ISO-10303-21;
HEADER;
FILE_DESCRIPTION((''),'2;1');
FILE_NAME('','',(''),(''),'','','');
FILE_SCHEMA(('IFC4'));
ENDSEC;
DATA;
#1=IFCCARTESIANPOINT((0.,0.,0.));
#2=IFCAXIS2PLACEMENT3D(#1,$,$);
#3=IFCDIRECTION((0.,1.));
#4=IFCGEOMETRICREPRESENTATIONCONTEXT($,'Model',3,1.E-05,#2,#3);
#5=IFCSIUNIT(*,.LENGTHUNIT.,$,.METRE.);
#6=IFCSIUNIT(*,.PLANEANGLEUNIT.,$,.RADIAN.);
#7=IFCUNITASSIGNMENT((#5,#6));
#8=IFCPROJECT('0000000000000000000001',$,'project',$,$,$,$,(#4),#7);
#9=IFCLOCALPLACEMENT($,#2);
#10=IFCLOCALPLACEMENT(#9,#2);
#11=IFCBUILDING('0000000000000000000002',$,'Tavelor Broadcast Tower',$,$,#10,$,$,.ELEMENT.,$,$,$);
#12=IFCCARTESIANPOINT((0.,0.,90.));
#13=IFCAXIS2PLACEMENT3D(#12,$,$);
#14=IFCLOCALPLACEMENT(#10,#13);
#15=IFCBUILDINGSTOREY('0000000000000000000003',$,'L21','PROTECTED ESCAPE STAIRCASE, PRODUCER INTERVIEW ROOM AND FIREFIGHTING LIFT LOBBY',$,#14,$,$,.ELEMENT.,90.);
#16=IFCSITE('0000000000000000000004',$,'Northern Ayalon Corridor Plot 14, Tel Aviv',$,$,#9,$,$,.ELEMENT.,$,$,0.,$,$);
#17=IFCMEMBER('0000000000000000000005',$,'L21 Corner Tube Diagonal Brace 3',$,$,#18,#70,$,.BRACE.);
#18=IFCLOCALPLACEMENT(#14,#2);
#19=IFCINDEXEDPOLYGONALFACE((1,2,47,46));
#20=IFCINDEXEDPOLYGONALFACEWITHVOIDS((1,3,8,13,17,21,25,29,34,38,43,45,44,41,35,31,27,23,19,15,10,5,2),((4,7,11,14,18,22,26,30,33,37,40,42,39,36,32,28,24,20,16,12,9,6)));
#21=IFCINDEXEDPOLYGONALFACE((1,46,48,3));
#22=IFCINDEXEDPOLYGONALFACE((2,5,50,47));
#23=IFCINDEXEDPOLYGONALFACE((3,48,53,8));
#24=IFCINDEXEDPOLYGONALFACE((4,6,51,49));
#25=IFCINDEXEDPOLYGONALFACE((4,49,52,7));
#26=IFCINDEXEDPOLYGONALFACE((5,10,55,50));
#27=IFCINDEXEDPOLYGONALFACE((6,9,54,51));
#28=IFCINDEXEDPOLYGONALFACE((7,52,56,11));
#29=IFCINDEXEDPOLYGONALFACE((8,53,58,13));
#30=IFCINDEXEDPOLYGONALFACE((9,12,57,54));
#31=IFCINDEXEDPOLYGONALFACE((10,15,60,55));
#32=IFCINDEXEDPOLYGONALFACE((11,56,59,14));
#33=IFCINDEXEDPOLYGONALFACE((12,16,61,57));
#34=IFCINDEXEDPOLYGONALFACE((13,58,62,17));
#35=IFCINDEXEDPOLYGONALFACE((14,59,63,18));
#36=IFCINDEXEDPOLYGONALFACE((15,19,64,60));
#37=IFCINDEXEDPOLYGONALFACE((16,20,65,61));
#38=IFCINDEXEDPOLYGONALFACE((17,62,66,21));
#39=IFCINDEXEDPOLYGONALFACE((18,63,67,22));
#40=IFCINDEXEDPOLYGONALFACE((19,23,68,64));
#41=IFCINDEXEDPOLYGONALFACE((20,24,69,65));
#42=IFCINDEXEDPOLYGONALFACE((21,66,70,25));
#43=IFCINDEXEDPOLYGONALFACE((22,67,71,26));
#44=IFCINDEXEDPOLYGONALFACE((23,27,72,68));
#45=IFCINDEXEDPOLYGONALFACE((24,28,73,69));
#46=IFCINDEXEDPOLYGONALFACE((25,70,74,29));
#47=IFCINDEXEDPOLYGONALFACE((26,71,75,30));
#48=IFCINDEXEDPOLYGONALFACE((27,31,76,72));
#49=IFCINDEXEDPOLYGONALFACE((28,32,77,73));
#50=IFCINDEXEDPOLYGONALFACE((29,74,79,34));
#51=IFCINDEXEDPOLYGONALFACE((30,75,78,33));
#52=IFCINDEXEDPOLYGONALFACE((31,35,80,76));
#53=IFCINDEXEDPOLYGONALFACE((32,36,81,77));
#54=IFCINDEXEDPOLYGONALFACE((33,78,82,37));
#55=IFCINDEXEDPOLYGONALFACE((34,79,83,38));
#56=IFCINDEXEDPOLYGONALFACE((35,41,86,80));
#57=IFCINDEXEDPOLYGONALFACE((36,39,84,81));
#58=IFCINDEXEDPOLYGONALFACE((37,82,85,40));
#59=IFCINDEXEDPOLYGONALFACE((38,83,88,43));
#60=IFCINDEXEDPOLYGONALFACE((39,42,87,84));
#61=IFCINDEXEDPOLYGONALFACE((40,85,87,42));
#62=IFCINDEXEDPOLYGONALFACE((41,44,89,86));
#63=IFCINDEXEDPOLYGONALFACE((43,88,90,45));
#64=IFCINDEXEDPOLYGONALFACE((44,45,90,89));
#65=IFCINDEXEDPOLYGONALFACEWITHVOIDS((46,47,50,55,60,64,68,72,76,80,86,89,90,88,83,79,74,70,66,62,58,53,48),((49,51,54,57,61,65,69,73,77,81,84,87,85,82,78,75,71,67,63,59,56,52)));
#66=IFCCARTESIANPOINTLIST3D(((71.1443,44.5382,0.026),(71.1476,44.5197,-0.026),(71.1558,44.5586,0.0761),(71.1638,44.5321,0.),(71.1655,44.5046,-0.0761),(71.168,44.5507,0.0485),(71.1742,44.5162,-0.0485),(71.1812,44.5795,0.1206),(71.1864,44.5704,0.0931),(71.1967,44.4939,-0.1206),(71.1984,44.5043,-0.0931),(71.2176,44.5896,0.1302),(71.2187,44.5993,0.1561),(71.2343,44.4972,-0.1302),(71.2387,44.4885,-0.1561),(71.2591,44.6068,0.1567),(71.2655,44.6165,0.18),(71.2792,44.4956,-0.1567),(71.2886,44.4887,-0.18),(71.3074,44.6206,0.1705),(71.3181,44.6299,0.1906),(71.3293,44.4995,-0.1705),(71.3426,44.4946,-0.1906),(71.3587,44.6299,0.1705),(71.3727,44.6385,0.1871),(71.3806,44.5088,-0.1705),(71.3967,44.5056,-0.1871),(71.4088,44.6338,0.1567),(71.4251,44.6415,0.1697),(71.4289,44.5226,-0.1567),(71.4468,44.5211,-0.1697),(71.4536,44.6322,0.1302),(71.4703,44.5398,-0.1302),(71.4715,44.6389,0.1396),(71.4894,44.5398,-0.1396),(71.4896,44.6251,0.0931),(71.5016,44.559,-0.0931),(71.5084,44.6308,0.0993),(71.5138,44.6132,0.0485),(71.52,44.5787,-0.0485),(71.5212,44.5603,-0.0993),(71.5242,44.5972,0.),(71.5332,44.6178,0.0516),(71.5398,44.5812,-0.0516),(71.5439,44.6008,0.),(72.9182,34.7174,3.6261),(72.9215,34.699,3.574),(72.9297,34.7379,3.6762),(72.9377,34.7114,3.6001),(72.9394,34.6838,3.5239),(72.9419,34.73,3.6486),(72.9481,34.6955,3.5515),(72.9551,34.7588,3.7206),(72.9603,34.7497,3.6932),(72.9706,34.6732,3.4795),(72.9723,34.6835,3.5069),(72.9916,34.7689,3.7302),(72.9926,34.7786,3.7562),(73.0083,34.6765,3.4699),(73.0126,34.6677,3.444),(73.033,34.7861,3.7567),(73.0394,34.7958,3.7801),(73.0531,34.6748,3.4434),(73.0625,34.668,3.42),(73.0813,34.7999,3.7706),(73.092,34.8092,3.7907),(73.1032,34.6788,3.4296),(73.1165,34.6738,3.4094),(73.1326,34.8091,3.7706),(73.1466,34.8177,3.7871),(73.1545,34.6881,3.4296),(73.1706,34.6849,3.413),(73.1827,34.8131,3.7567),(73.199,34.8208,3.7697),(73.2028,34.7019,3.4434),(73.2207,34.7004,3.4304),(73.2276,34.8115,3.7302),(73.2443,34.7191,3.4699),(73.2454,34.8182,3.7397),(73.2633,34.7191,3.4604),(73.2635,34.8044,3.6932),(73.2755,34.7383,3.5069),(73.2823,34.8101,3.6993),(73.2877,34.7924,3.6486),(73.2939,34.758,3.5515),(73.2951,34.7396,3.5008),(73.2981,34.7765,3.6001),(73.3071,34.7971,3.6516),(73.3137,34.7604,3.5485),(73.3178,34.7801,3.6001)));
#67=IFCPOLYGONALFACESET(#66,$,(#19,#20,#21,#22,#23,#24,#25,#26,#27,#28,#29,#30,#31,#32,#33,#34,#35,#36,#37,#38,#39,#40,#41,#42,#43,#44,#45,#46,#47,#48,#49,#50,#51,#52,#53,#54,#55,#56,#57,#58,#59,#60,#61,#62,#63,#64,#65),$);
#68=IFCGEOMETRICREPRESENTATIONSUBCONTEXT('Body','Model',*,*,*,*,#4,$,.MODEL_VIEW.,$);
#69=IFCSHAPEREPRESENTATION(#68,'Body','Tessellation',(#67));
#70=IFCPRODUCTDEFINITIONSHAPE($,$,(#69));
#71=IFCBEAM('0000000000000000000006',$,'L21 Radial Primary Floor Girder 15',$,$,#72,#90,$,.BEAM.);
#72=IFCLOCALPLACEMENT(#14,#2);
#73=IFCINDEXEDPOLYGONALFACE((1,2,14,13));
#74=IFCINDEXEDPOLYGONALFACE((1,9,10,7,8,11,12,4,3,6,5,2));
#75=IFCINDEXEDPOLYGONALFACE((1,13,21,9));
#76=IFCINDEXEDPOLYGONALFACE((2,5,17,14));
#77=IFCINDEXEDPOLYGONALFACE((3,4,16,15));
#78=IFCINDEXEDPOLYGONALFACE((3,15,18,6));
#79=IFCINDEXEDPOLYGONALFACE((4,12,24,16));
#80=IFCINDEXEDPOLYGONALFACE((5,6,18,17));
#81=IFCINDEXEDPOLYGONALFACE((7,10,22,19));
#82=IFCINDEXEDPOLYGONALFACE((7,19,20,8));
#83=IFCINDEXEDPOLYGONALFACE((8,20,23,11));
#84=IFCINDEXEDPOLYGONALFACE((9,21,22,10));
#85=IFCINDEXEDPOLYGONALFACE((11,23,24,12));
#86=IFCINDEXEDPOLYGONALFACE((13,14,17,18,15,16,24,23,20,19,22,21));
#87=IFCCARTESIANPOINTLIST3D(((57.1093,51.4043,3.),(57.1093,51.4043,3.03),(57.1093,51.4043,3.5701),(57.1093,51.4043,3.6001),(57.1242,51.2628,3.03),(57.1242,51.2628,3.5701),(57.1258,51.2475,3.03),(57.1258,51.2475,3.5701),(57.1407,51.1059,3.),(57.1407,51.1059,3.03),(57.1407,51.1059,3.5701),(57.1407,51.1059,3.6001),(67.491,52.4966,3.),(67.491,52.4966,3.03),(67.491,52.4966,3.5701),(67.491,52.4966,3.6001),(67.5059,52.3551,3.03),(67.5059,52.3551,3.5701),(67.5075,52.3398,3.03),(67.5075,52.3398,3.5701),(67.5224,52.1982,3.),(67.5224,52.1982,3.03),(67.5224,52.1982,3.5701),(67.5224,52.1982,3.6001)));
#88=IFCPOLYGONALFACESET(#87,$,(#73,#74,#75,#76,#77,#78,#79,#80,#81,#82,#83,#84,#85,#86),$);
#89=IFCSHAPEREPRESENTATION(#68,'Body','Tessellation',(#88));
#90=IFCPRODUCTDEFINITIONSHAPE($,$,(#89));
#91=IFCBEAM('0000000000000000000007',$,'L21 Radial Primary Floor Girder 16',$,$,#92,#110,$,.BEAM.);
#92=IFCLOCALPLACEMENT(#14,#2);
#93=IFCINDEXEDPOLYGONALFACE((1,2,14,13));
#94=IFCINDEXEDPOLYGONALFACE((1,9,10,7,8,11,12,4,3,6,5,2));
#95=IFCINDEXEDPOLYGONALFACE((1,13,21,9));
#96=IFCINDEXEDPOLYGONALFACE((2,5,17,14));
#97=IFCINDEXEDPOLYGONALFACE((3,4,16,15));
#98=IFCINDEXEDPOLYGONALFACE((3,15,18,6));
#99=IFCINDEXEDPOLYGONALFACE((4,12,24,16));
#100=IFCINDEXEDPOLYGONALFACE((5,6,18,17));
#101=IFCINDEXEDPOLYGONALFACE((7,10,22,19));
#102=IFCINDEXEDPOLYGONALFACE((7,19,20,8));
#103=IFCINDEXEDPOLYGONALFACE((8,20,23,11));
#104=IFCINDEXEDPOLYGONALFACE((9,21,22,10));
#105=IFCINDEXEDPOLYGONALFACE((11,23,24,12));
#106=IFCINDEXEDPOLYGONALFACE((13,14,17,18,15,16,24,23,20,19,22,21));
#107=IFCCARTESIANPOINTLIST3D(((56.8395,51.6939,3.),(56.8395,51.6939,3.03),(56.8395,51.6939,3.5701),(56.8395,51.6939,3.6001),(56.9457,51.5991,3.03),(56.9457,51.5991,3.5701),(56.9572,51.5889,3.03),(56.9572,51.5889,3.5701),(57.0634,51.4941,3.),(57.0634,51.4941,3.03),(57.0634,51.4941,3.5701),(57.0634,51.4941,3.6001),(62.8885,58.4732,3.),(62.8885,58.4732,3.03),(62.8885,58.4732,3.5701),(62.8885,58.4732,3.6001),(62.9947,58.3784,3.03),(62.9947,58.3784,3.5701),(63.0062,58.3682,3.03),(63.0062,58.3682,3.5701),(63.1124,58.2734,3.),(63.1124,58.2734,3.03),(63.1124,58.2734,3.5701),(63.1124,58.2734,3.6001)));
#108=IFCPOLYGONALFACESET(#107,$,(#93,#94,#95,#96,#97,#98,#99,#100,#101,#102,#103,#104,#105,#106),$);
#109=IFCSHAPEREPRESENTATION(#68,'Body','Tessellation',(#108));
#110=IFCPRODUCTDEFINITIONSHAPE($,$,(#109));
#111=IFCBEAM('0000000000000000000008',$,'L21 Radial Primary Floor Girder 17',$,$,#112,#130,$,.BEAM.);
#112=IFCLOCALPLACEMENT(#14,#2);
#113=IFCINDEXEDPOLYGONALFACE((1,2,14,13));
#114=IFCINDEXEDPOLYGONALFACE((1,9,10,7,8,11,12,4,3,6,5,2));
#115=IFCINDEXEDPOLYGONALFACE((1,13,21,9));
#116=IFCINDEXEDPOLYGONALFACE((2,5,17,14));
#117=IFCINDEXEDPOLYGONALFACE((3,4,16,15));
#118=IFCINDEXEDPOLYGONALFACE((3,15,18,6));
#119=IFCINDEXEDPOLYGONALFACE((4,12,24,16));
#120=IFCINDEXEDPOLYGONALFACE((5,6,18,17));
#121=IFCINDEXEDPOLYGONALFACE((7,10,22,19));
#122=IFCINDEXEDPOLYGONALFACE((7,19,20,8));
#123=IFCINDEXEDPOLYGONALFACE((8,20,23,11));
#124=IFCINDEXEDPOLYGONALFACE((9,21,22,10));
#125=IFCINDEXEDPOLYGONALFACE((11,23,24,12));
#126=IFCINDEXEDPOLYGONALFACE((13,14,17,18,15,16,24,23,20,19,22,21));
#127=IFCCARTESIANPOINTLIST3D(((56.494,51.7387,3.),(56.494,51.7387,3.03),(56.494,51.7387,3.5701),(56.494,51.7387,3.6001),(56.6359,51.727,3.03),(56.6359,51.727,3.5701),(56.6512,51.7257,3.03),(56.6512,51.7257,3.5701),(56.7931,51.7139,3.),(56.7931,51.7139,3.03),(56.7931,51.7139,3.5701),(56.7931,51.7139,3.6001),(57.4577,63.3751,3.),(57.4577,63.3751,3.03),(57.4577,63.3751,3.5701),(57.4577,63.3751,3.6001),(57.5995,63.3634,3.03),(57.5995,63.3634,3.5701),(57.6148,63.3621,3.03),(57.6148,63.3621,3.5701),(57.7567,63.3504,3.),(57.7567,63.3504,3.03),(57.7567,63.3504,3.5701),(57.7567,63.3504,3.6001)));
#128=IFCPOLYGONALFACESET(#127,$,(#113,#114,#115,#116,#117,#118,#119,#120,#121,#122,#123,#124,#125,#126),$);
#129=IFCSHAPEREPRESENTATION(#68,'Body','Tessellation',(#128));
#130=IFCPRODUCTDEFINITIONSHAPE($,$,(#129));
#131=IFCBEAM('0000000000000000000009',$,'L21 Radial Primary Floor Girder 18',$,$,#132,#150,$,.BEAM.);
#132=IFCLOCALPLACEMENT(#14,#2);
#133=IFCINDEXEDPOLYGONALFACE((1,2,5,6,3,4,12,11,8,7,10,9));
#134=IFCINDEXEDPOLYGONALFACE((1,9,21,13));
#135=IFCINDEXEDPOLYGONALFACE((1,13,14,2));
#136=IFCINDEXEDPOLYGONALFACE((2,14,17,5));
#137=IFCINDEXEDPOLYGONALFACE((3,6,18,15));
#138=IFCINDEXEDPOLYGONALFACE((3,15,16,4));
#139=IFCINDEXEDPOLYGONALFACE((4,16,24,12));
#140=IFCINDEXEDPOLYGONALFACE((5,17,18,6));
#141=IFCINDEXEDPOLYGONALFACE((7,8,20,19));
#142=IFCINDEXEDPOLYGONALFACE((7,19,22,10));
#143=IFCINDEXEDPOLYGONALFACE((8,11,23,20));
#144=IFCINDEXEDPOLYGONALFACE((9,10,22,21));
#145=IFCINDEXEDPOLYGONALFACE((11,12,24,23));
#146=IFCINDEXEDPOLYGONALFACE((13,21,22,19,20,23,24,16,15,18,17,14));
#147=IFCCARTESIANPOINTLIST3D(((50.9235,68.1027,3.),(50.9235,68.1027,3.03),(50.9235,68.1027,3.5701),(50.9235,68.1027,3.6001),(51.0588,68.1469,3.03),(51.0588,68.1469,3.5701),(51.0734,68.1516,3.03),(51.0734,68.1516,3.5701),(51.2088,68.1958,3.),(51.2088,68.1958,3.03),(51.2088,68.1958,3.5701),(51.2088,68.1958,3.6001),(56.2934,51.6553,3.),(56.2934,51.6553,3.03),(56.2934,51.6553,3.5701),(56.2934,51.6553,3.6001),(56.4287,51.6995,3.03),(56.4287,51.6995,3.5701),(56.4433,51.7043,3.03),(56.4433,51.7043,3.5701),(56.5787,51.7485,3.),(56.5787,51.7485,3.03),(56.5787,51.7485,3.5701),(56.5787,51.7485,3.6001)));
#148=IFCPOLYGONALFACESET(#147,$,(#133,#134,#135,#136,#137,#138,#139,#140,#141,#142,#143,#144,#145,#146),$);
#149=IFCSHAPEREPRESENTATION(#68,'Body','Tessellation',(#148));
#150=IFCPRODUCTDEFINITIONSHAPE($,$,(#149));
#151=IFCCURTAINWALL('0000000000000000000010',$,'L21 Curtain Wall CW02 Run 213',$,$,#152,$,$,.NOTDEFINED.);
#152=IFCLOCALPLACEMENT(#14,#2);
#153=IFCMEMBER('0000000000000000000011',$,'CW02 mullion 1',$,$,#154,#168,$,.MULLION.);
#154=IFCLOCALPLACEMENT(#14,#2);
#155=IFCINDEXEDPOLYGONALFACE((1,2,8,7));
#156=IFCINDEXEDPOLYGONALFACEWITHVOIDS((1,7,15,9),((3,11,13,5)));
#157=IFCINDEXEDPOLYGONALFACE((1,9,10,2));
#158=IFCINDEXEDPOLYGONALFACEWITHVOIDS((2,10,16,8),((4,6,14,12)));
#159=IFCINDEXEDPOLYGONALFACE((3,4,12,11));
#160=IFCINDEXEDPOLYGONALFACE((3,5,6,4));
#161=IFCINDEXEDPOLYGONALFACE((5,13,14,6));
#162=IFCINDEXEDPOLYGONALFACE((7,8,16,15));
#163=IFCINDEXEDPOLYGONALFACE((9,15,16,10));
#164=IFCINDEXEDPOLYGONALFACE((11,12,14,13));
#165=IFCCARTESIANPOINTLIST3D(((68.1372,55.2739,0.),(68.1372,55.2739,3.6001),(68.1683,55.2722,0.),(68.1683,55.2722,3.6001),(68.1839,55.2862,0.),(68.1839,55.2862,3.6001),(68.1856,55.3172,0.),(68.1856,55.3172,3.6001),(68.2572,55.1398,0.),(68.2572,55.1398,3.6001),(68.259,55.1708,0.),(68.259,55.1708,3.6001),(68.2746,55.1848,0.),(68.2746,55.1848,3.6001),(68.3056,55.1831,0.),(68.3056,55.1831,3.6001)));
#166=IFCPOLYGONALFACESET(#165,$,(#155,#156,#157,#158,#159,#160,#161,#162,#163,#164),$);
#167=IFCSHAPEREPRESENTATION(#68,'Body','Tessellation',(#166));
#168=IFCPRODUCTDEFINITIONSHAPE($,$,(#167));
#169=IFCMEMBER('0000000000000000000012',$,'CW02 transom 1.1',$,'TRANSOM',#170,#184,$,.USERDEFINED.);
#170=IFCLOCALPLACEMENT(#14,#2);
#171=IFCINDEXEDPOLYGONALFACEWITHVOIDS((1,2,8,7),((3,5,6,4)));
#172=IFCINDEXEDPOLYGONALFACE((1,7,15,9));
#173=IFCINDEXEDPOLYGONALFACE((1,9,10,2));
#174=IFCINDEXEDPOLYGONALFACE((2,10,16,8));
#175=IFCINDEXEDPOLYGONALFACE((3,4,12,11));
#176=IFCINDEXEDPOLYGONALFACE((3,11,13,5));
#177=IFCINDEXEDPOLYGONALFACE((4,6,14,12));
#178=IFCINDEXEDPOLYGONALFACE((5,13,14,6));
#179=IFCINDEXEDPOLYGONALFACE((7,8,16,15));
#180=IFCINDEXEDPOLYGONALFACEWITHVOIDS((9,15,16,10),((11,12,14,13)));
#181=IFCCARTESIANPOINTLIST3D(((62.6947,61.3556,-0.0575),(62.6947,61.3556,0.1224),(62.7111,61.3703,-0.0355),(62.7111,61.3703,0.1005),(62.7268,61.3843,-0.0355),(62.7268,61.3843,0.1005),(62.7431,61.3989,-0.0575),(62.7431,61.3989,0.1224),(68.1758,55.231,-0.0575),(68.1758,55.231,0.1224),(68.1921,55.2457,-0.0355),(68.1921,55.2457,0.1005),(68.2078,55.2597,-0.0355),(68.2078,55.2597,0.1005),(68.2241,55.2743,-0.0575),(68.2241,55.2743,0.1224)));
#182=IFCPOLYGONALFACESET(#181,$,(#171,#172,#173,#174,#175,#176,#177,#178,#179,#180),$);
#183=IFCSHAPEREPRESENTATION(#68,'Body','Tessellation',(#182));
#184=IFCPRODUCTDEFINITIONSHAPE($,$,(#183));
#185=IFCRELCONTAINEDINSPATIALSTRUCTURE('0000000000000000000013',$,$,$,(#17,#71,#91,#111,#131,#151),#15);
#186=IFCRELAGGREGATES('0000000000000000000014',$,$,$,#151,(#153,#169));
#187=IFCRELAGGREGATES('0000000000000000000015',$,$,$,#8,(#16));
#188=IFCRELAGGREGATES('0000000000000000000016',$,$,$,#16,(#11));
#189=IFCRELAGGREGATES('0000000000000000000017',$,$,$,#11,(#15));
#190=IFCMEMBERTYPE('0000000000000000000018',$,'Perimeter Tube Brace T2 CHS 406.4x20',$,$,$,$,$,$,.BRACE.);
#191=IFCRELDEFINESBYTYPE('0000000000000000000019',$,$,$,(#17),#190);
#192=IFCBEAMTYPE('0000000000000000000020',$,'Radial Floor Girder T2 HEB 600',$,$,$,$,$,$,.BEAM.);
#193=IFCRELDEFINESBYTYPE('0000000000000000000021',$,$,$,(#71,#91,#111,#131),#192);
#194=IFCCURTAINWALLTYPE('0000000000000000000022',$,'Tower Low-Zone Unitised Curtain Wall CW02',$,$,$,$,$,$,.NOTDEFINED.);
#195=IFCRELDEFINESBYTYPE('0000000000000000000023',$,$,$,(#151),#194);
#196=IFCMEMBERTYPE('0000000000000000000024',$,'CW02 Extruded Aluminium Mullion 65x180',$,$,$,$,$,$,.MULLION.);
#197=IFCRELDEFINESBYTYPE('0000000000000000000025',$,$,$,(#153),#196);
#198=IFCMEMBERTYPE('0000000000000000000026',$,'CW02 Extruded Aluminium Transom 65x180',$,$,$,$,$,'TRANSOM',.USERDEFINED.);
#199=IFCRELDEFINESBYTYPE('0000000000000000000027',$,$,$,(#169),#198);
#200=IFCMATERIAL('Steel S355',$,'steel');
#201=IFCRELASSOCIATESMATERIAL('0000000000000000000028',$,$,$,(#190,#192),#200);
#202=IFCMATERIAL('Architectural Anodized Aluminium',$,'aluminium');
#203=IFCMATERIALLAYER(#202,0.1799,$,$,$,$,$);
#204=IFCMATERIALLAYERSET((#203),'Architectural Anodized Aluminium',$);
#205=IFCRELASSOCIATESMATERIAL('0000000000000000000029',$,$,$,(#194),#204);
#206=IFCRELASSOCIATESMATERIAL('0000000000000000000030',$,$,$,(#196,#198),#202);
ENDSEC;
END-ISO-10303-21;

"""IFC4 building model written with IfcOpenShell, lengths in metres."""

from ifc_helpers import new_model, si_unit, direction, frame, origin, origin_2d, place, context, subcontext, project, spatial, hollow_rectangle, hollow_circle, i_section, extrude, source, transform, mapped, material, layer, layer_set, material_profile, profile_set, type_object, type_shapes, element, aggregate, save


model = new_model("IFC4")

# Units and contexts
model_context = context("Model", 3, precision=1e-05, world=origin(), true_north=direction((0.0, 1.0)))
body_context = subcontext(model_context, "Body", "Model", "MODEL_VIEW")
ifc_project = project(units=[si_unit("LENGTHUNIT", "METRE"), si_unit("PLANEANGLEUNIT", "RADIAN")], contexts=[model_context])

# Site, building, storey
site_placement = place(None, origin())
site = spatial("IfcSite", under=ifc_project, at=site_placement, Name="Northern Ayalon Corridor Plot 14, Tel Aviv", CompositionType="ELEMENT", RefElevation=0.0)
building_placement = place(site_placement, origin())
building = spatial("IfcBuilding", under=site, at=building_placement, Name="Tavelor Broadcast Tower", CompositionType="ELEMENT")
storey_placement = place(building_placement, frame((0.0, 0.0, 90.0)))
storey = spatial("IfcBuildingStorey", under=building, at=storey_placement, Name="L21", Description="PROTECTED ESCAPE STAIRCASE, PRODUCER INTERVIEW ROOM AND FIREFIGHTING LIFT LOBBY", CompositionType="ELEMENT", Elevation=90.0)

# Shared definitions
ifc_material_1 = material(Name="Steel S355", Category="steel")

# Member
ifc_material_profile_1 = material_profile(ifc_material_1, hollow_circle(Radius=0.2031, WallThickness=0.02, at=origin_2d()), Name="CHS 406.4x20")
ifc_profile_set_1 = profile_set([ifc_material_profile_1], Name="Steel S355")
member_type_1 = type_object("IfcMemberType", Name="Perimeter Tube Brace T2 CHS 406.4x20", PredefinedType="BRACE", material=ifc_profile_set_1)
member_1_placement = place(storey_placement, frame((71.344, 44.5647, 0.0), z_axis=(0.167206, -0.925685, 0.339337), x_axis=(0.984075, 0.177753, 0.0)))
element("IfcMember", 1, at=member_1_placement, inside=storey, type_object=member_type_1, Name="L21 Corner Tube Diagonal Brace 3", PredefinedType="BRACE", context=body_context, shape_type="SweptSolid", body=[
    extrude(hollow_circle(Radius=0.2031, WallThickness=0.02, at=origin_2d()), origin(), (0.0, 0.0, 1.0), 10.6091),
])

# Beams
ifc_material_profile_2 = material_profile(ifc_material_1, i_section(OverallWidth=0.3, OverallDepth=0.6001, WebThickness=0.0154, FlangeThickness=0.03, at=origin_2d()), Name="HEB 600")
ifc_profile_set_2 = profile_set([ifc_material_profile_2], Name="Steel S355")
beam_type_1 = type_object("IfcBeamType", Name="Radial Floor Girder T2 HEB 600", PredefinedType="BEAM", material=ifc_profile_set_2)
beam_1_placement = place(storey_placement, frame((57.125, 51.2551, 3.3), z_axis=(0.994511, 0.104636, 0.0), x_axis=(-0.104636, 0.994511, 0.0)))
element("IfcBeam", 2, at=beam_1_placement, inside=storey, type_object=beam_type_1, Name="L21 Radial Primary Floor Girder 15", PredefinedType="BEAM", context=body_context, shape_type="SweptSolid", body=[
    extrude(i_section(OverallWidth=0.3, OverallDepth=0.6001, WebThickness=0.0154, FlangeThickness=0.03, at=origin_2d()), origin(), (0.0, 0.0, 1.0), 10.439),
])
beam_2_placement = place(storey_placement, frame((56.9514, 51.594, 3.3), z_axis=(0.665779, 0.746149, 0.0), x_axis=(-0.746149, 0.665779, 0.0)))
element("IfcBeam", 3, at=beam_2_placement, inside=storey, type_object=beam_type_1, Name="L21 Radial Primary Floor Girder 16", PredefinedType="BEAM", context=body_context, shape_type="SweptSolid", body=[
    extrude(i_section(OverallWidth=0.3, OverallDepth=0.6001, WebThickness=0.0154, FlangeThickness=0.03, at=origin_2d()), origin(), (0.0, 0.0, 1.0), 9.0857),
])
beam_3_placement = place(storey_placement, frame((56.6436, 51.7263, 3.3), z_axis=(0.082528, 0.996589, 0.0), x_axis=(-0.996589, 0.082528, 0.0)))
element("IfcBeam", 4, at=beam_3_placement, inside=storey, type_object=beam_type_1, Name="L21 Radial Primary Floor Girder 17", PredefinedType="BEAM", context=body_context, shape_type="SweptSolid", body=[
    extrude(i_section(OverallWidth=0.3, OverallDepth=0.6001, WebThickness=0.0154, FlangeThickness=0.03, at=origin_2d()), origin(), (0.0, 0.0, 1.0), 11.6763),
])
beam_4_placement = place(storey_placement, frame((56.436, 51.7019, 3.3), z_axis=(-0.310367, 0.950617, 0.0), x_axis=(-0.950617, -0.310367, 0.0)))
element("IfcBeam", 5, at=beam_4_placement, inside=storey, type_object=beam_type_1, Name="L21 Radial Primary Floor Girder 18", PredefinedType="BEAM", context=body_context, shape_type="SweptSolid", body=[
    extrude(i_section(OverallWidth=0.3, OverallDepth=0.6001, WebThickness=0.0154, FlangeThickness=0.03, at=origin_2d()), origin(), (0.0, 0.0, 1.0), 17.3018),
])

# Curtain wall, members
ifc_material_2 = material(Name="Architectural Anodized Aluminium", Category="aluminium")
ifc_layer_1 = layer(ifc_material_2, 0.1799)
ifc_layer_set_1 = layer_set([ifc_layer_1], Name="Architectural Anodized Aluminium")
curtain_wall_type = type_object("IfcCurtainWallType", Name="Tower Low-Zone Unitised Curtain Wall CW02", PredefinedType="NOTDEFINED", material=ifc_layer_set_1)
curtain_wall_placement = place(storey_placement, origin())
curtain_wall = element("IfcCurtainWall", 6, at=curtain_wall_placement, inside=storey, type_object=curtain_wall_type, Name="L21 Curtain Wall CW02 Run 213", PredefinedType="NOTDEFINED")
ifc_material_profile_3 = material_profile(ifc_material_2, hollow_rectangle(XDim=0.0649, YDim=0.1799, WallThickness=0.022, at=origin_2d()), Name="RHS 65x180x22")
ifc_profile_set_3 = profile_set([ifc_material_profile_3], Name="Architectural Anodized Aluminium")
member_type_2 = type_object("IfcMemberType", Name="CW02 Extruded Aluminium Mullion 65x180", PredefinedType="MULLION", material=ifc_profile_set_3)
shared_shape_1 = source(origin(), body_context, "Body", "SweptSolid", [
    extrude(hollow_rectangle(XDim=0.0649, YDim=0.1799, WallThickness=0.022, at=origin_2d()), origin(), (0.0, 0.0, 1.0), 3.6001),
])
type_shapes(member_type_2, [shared_shape_1])
member_2_placement = place(storey_placement, frame((68.2214, 55.2285, 0.0), z_axis=(0.0, 0.0, 1.0), x_axis=(-0.745177, -0.666867, 0.0)))
member_2 = element("IfcMember", 7, at=member_2_placement, type_object=member_type_2, Name="CW02 mullion 1", PredefinedType="MULLION", context=body_context, shape_type="MappedRepresentation", body=[
    mapped(shared_shape_1, transform((0.0, 0.0, 0.0), scale=1.0)),
])
ifc_material_profile_4 = material_profile(ifc_material_2, hollow_rectangle(XDim=0.0649, YDim=0.1799, WallThickness=0.022, at=origin_2d()), Name="RHS 65x180x22")
ifc_profile_set_4 = profile_set([ifc_material_profile_4], Name="Architectural Anodized Aluminium")
member_type_3 = type_object("IfcMemberType", Name="CW02 Extruded Aluminium Transom 65x180", ElementType="TRANSOM", PredefinedType="USERDEFINED", material=ifc_profile_set_4)
shared_shape_2 = source(origin(), body_context, "Body", "SweptSolid", [
    extrude(hollow_rectangle(XDim=0.0649, YDim=0.1799, WallThickness=0.022, at=origin_2d()), origin(), (0.0, 0.0, 1.0), 8.219),
])
type_shapes(member_type_3, [shared_shape_2])
member_3_placement = place(storey_placement, frame((68.2, 55.2527, 0.0325), z_axis=(-0.666871, 0.745173, 0.0), x_axis=(-0.745173, -0.666871, 0.0)))
member_3 = element("IfcMember", 8, at=member_3_placement, type_object=member_type_3, Name="CW02 transom 1.1", ObjectType="TRANSOM", PredefinedType="USERDEFINED", context=body_context, shape_type="MappedRepresentation", body=[
    mapped(shared_shape_2, transform((0.0, 0.0, 0.0), scale=1.0)),
])
aggregate(curtain_wall, [member_2, member_3])

save(model, "model.ifc")
